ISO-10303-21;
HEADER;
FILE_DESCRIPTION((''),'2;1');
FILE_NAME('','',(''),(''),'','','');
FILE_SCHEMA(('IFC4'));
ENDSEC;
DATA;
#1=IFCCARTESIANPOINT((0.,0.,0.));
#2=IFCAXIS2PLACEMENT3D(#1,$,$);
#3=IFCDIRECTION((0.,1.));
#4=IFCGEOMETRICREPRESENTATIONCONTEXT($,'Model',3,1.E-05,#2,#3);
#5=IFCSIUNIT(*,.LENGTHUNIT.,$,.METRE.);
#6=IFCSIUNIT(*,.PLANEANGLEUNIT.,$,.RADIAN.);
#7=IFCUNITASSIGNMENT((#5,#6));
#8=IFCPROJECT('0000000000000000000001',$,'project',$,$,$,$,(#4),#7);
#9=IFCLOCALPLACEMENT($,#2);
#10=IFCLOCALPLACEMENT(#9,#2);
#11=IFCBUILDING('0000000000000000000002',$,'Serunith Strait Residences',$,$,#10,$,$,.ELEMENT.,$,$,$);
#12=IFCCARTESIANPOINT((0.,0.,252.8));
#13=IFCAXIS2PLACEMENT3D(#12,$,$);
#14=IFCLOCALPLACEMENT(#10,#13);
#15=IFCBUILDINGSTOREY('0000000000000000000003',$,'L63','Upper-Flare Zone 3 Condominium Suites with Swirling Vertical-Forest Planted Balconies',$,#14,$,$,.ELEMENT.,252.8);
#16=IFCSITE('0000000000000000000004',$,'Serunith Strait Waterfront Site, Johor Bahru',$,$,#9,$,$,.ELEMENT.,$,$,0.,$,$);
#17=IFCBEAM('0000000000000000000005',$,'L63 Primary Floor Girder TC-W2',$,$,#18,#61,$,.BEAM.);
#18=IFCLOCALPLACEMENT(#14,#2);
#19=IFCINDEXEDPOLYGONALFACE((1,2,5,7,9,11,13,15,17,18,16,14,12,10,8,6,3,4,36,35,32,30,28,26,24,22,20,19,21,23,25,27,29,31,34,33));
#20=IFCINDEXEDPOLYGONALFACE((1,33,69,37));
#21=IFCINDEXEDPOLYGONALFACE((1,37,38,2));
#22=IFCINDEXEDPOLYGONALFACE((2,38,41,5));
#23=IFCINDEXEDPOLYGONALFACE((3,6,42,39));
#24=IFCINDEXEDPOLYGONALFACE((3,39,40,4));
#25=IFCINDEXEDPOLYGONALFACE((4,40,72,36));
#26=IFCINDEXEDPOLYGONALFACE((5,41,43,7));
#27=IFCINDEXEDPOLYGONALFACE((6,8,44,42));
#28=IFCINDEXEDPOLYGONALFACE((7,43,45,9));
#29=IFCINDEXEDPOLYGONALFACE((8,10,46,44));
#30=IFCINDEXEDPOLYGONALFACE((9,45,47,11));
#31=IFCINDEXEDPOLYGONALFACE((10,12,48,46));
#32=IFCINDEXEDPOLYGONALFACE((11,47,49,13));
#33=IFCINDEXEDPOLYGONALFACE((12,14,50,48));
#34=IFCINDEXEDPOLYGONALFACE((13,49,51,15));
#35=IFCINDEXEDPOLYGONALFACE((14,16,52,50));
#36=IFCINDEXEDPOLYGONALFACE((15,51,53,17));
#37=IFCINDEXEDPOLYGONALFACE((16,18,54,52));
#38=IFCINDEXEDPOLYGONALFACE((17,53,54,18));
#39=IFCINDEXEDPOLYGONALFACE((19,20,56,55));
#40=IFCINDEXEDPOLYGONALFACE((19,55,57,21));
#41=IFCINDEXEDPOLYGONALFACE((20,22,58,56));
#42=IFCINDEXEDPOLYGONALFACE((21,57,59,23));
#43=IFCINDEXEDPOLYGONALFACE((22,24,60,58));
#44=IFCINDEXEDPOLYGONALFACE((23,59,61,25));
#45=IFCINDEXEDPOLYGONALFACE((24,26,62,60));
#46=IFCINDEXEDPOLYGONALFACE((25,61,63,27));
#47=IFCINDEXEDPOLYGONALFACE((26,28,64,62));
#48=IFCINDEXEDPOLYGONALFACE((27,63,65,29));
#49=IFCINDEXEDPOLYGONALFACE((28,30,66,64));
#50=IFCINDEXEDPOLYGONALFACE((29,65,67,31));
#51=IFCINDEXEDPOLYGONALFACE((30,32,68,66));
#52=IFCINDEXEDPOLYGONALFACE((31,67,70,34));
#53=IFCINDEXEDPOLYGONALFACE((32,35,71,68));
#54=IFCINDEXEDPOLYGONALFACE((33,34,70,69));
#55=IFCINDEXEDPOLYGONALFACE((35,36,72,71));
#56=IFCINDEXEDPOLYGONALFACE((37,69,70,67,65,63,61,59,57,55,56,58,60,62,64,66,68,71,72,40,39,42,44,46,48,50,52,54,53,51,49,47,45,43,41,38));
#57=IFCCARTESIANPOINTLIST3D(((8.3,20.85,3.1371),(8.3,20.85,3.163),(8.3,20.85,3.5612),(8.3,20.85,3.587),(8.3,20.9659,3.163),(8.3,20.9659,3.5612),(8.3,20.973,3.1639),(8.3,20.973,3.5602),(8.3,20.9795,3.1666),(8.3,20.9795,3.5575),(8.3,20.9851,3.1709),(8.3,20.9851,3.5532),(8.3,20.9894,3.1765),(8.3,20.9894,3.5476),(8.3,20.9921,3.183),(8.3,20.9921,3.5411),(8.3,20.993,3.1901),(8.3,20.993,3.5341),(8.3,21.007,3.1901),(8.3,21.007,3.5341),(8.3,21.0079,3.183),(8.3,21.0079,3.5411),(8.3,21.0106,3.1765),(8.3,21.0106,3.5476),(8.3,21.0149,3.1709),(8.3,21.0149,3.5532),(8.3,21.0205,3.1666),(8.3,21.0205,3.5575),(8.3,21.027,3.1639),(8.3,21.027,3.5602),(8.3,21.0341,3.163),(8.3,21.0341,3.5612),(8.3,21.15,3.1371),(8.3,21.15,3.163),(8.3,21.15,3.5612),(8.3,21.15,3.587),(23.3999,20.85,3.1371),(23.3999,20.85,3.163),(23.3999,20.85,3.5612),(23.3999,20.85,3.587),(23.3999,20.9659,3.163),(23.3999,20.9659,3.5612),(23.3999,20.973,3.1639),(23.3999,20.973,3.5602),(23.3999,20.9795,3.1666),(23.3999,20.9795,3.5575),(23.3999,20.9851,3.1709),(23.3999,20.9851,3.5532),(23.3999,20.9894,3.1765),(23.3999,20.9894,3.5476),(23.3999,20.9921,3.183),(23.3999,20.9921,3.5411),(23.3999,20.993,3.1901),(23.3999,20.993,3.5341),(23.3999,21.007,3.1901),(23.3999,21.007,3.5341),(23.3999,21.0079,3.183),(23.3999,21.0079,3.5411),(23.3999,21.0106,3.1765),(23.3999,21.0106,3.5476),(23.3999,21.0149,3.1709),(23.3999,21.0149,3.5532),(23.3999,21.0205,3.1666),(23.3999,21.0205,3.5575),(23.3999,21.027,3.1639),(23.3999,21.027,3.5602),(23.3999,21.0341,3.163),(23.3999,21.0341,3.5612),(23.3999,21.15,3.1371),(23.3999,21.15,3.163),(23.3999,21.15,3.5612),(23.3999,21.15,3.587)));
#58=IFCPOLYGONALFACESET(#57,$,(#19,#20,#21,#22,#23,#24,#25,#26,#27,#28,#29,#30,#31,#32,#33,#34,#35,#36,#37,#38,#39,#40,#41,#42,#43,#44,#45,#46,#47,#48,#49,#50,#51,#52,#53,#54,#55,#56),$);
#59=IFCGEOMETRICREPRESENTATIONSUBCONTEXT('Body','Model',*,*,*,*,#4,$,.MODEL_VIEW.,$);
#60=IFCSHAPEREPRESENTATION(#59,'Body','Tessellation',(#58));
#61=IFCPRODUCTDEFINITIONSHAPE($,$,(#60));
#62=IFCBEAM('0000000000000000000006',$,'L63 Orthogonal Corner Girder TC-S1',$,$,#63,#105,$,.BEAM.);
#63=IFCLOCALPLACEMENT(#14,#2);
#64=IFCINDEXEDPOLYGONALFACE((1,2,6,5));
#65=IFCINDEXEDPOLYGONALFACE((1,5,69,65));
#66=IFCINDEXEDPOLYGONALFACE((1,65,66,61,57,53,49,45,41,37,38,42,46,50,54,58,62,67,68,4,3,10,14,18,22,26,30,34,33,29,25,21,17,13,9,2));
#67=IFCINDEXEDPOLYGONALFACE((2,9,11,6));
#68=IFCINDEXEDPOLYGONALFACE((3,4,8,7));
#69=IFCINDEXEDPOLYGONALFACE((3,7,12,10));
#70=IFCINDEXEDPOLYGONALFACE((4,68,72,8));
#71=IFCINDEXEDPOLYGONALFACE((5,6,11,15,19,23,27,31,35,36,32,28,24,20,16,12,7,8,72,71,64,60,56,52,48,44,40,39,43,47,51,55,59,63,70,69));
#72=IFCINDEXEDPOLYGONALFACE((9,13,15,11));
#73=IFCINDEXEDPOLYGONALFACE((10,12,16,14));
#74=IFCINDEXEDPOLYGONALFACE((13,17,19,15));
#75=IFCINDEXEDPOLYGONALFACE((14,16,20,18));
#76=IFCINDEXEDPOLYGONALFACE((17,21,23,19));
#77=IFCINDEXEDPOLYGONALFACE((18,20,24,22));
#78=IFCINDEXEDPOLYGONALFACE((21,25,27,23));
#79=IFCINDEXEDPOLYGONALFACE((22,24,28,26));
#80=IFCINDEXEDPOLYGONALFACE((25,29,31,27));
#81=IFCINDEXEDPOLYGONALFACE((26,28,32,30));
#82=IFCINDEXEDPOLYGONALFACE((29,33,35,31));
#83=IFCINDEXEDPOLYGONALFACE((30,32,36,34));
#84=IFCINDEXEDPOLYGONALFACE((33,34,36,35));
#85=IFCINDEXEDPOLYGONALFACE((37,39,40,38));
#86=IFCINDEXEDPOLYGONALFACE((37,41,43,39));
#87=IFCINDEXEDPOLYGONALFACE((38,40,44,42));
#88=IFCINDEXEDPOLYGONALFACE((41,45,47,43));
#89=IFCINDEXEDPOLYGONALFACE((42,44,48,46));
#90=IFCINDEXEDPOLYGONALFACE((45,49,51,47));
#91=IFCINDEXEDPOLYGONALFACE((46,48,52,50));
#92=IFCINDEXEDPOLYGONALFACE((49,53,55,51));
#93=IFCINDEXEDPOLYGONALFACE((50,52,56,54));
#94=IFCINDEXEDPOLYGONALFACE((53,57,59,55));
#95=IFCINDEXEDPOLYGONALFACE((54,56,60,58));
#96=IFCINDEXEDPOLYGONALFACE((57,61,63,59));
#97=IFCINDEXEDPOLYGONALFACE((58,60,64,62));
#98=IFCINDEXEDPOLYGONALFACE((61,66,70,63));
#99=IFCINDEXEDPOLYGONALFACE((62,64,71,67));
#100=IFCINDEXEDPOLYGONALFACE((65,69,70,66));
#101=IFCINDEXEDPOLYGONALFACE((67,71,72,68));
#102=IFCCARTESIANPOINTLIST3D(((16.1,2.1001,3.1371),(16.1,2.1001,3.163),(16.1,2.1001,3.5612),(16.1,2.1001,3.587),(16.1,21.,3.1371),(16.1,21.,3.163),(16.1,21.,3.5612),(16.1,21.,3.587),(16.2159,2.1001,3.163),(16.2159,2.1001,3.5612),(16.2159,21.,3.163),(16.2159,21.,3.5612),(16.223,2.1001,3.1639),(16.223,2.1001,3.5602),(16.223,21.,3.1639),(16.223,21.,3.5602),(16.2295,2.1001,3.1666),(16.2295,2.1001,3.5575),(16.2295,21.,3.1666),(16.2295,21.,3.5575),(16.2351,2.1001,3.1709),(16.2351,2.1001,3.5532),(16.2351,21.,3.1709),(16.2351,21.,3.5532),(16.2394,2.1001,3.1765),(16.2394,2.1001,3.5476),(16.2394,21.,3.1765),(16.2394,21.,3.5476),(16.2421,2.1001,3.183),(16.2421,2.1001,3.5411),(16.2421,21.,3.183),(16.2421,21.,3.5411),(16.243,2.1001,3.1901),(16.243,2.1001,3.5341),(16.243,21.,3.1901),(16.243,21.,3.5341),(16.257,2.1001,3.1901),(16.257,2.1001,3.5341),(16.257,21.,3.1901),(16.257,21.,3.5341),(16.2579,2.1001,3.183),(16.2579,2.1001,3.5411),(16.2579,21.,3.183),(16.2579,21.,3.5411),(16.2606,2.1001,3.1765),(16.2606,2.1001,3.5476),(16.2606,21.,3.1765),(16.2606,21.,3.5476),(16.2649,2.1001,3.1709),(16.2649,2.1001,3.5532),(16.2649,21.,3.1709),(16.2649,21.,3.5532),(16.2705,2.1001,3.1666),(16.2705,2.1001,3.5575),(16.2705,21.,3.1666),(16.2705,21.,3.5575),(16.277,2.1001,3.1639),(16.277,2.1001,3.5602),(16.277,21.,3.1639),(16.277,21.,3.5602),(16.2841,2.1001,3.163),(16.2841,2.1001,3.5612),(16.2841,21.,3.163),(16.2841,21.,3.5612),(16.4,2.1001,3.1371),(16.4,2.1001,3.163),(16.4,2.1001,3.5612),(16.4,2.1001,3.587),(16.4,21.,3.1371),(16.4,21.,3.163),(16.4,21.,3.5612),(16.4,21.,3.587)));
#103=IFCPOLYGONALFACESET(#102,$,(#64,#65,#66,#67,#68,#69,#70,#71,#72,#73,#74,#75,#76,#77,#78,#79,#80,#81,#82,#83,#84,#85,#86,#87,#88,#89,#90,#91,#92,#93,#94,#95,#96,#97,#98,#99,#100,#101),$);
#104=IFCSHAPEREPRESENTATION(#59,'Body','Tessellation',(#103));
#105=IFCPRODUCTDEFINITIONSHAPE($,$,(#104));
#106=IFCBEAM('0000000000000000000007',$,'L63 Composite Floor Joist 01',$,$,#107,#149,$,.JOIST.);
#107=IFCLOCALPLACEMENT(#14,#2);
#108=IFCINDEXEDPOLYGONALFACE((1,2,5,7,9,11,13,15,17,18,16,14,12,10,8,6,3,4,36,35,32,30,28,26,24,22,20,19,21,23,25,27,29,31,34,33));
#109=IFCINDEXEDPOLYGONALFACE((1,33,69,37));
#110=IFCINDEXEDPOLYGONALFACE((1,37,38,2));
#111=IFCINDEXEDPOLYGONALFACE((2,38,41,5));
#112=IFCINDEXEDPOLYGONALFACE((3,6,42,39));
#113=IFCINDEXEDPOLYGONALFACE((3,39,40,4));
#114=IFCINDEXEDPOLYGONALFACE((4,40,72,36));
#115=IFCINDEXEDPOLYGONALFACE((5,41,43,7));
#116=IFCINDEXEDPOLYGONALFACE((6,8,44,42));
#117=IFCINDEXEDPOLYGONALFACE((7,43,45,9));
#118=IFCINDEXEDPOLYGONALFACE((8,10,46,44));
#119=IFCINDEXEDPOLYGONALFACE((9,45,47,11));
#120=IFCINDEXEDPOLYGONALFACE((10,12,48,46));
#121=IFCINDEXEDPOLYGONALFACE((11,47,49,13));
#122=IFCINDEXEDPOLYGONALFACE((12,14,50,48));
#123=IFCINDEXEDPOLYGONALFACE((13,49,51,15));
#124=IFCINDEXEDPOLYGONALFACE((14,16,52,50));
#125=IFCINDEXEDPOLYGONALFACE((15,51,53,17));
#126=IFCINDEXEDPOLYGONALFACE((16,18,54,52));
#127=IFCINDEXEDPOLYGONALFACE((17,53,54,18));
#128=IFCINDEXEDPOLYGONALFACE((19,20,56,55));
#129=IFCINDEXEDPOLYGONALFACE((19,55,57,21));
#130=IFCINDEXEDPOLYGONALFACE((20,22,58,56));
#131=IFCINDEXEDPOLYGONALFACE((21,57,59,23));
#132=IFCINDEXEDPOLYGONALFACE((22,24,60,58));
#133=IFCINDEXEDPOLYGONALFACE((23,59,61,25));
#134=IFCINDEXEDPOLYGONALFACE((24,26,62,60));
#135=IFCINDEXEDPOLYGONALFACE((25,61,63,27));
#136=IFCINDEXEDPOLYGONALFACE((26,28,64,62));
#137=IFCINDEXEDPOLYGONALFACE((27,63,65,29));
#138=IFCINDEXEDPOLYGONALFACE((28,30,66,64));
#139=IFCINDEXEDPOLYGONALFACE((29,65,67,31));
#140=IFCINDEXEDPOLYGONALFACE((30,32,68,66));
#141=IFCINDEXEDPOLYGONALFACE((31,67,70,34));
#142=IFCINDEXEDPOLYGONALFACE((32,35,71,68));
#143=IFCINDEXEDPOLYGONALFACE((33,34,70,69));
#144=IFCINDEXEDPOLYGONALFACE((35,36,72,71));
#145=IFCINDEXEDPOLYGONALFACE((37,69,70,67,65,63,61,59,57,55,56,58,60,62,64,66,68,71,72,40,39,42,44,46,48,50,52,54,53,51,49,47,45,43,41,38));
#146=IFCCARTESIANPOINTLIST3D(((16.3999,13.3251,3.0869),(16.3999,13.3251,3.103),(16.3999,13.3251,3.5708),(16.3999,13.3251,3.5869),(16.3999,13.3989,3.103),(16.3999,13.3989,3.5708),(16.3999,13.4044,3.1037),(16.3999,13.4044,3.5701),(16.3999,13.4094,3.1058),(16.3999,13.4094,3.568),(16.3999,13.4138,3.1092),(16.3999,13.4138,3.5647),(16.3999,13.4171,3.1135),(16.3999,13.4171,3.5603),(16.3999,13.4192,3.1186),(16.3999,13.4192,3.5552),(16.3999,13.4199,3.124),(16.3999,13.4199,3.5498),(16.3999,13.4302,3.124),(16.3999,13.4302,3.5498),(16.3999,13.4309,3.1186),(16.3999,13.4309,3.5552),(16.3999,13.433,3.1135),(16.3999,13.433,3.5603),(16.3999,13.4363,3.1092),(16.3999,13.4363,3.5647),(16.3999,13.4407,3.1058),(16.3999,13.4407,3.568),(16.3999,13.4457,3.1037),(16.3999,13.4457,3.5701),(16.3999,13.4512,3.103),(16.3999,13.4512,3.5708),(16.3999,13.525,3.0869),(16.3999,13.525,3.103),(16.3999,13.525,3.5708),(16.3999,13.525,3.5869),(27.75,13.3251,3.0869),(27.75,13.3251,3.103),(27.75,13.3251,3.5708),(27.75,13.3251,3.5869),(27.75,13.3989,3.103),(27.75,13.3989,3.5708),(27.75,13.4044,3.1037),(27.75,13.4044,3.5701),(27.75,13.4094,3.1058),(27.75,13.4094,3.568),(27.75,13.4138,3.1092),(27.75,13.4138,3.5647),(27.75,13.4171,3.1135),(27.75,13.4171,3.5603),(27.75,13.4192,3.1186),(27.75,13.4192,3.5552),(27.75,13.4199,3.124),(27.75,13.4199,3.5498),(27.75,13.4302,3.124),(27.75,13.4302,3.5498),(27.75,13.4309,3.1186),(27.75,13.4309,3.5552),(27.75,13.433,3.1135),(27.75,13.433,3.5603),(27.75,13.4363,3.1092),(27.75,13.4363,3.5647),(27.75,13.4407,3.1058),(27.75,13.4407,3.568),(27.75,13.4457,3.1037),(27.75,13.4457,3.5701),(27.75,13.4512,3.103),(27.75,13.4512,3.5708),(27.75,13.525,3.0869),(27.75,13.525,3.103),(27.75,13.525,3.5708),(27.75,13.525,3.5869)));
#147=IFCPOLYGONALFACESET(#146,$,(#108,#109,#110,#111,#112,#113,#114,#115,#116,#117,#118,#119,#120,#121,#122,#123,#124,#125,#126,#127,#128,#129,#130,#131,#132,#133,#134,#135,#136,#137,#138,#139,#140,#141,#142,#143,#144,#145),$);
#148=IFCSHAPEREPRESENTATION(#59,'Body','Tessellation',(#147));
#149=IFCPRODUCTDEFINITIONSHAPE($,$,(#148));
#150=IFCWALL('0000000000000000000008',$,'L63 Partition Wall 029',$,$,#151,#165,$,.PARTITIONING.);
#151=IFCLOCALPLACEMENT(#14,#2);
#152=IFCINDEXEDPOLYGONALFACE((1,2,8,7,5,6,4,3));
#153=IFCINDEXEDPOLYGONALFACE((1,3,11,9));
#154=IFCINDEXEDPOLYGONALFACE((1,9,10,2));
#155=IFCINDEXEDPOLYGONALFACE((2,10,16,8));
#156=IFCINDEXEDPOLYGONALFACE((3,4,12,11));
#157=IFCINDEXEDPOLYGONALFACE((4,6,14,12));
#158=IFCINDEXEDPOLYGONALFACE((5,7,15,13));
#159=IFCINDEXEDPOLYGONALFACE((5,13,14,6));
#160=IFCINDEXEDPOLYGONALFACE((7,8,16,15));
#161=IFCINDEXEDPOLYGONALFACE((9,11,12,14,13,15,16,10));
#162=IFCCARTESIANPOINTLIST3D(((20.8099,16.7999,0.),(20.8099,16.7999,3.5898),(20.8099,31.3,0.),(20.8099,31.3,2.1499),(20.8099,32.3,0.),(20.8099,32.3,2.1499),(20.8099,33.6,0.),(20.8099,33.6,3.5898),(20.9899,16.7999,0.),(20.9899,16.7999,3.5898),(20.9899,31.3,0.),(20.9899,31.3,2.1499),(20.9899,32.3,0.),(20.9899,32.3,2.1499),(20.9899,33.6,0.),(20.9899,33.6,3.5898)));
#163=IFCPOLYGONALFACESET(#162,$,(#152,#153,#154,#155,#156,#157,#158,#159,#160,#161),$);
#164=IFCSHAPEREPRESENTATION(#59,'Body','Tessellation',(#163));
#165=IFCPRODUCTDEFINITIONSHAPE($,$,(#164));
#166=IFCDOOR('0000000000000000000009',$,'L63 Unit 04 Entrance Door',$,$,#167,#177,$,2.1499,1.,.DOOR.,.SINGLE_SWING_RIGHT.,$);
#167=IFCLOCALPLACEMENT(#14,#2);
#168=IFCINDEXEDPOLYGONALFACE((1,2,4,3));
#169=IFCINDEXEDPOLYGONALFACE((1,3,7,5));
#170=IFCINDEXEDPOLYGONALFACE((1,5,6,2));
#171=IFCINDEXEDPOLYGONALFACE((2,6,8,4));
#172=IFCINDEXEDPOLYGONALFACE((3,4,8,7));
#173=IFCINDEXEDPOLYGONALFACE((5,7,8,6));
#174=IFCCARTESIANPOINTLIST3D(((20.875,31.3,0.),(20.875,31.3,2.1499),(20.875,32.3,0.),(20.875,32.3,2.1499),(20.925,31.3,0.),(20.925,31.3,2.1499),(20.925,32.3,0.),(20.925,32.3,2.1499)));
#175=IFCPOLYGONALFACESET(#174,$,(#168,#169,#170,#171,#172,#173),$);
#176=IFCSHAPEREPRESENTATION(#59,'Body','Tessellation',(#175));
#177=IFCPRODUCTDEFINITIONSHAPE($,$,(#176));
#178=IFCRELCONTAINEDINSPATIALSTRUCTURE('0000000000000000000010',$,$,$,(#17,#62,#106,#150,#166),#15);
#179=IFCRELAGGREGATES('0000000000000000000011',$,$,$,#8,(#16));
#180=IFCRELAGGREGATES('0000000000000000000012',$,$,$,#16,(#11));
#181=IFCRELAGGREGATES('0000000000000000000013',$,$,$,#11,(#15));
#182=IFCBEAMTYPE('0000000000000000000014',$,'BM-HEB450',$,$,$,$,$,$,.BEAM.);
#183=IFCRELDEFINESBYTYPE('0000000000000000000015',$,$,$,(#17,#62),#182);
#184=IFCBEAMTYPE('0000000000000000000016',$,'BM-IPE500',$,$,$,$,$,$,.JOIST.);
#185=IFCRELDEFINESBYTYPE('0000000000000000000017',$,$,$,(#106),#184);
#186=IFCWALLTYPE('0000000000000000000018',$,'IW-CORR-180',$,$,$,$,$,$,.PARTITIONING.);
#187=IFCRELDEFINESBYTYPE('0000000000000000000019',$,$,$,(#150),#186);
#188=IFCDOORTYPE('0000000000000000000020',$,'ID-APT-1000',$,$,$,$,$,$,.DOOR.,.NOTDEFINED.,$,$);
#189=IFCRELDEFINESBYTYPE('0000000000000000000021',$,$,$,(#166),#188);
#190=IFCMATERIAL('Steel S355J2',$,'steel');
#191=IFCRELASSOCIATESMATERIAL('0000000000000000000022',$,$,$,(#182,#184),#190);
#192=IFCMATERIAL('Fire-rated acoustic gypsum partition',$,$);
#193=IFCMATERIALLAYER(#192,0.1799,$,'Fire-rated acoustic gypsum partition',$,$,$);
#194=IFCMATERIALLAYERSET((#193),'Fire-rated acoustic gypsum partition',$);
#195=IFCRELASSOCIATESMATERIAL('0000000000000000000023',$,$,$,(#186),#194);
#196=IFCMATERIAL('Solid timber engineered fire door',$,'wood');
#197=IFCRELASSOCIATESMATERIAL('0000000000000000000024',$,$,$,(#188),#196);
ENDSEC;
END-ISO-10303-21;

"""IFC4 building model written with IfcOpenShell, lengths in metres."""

from ifc_helpers import new_model, si_unit, direction, frame, frame_2d, origin, origin_2d, place, context, subcontext, project, spatial, rectangle, i_section, extrude, source, transform, mapped, material, layer, layer_set, material_profile, profile_set, type_object, element, fill, save


model = new_model("IFC4")

# Units and contexts
model_context = context("Model", 3, precision=1e-05, world=origin(), true_north=direction((0.0, 1.0)))
body_context = subcontext(model_context, "Body", "Model", "MODEL_VIEW")
ifc_project = project(units=[si_unit("LENGTHUNIT", "METRE"), si_unit("PLANEANGLEUNIT", "RADIAN")], contexts=[model_context])

# Site, building, storey
site_placement = place(None, origin())
site = spatial("IfcSite", under=ifc_project, at=site_placement, Name="Serunith Strait Waterfront Site, Johor Bahru", CompositionType="ELEMENT", RefElevation=0.0)
building_placement = place(site_placement, origin())
building = spatial("IfcBuilding", under=site, at=building_placement, Name="Serunith Strait Residences", CompositionType="ELEMENT")
storey_placement = place(building_placement, frame((0.0, 0.0, 252.8)))
storey = spatial("IfcBuildingStorey", under=building, at=storey_placement, Name="L63", Description="Upper-Flare Zone 3 Condominium Suites with Swirling Vertical-Forest Planted Balconies", CompositionType="ELEMENT", Elevation=252.8)

# Beams
ifc_material_1 = material(Name="Steel S355J2", Category="steel")
ifc_material_profile_1 = material_profile(ifc_material_1, i_section(OverallWidth=0.3, OverallDepth=0.45, WebThickness=0.0139, FlangeThickness=0.0259, FilletRadius=0.0271, at=origin_2d()), Name="HEB 450")
ifc_profile_set_1 = profile_set([ifc_material_profile_1], Name="Steel S355J2")
beam_type_1 = type_object("IfcBeamType", Name="BM-HEB450", PredefinedType="BEAM", material=ifc_profile_set_1)
shared_shape_1 = source(origin(), body_context, "Body", "SweptSolid", [
    extrude(i_section(OverallWidth=0.3, OverallDepth=0.45, WebThickness=0.0139, FlangeThickness=0.0259, FilletRadius=0.0271, at=origin_2d()), origin(), (0.0, 0.0, 1.0), 15.0999),
])
beam_1_placement = place(storey_placement, frame((23.3999, 21.0, 3.3621), z_axis=(-1.0, 0.0, 0.0), x_axis=(0.0, -1.0, 0.0)))
element("IfcBeam", 1, at=beam_1_placement, inside=storey, type_object=beam_type_1, Name="L63 Primary Floor Girder TC-W2", PredefinedType="BEAM", context=body_context, shape_type="MappedRepresentation", body=[
    mapped(shared_shape_1, transform((0.0, 0.0, 0.0), scale=1.0)),
])
shared_shape_2 = source(origin(), body_context, "Body", "SweptSolid", [
    extrude(i_section(OverallWidth=0.3, OverallDepth=0.45, WebThickness=0.0139, FlangeThickness=0.0259, FilletRadius=0.0271, at=origin_2d()), origin(), (0.0, 0.0, 1.0), 18.8999),
])
beam_2_placement = place(storey_placement, frame((16.25, 21.0, 3.3621), z_axis=(0.0, -1.0, 0.0), x_axis=(1.0, 0.0, 0.0)))
element("IfcBeam", 2, at=beam_2_placement, inside=storey, type_object=beam_type_1, Name="L63 Orthogonal Corner Girder TC-S1", PredefinedType="BEAM", context=body_context, shape_type="MappedRepresentation", body=[
    mapped(shared_shape_2, transform((0.0, 0.0, 0.0), scale=1.0)),
])
ifc_material_profile_2 = material_profile(ifc_material_1, i_section(OverallWidth=0.2, OverallDepth=0.5, WebThickness=0.0103, FlangeThickness=0.0161, FilletRadius=0.021, at=origin_2d()), Name="IPE 500")
ifc_profile_set_2 = profile_set([ifc_material_profile_2], Name="Steel S355J2")
beam_type_2 = type_object("IfcBeamType", Name="BM-IPE500", PredefinedType="JOIST", material=ifc_profile_set_2)
shared_shape_3 = source(origin(), body_context, "Body", "SweptSolid", [
    extrude(i_section(OverallWidth=0.2, OverallDepth=0.5, WebThickness=0.0103, FlangeThickness=0.0161, FilletRadius=0.021, at=origin_2d()), origin(), (0.0, 0.0, 1.0), 11.3501),
])
beam_3_placement = place(storey_placement, frame((16.3999, 13.425, 3.3369), z_axis=(1.0, 0.0, 0.0), x_axis=(0.0, 1.0, 0.0)))
element("IfcBeam", 3, at=beam_3_placement, inside=storey, type_object=beam_type_2, Name="L63 Composite Floor Joist 01", PredefinedType="JOIST", context=body_context, shape_type="MappedRepresentation", body=[
    mapped(shared_shape_3, transform((0.0, 0.0, 0.0), scale=1.0)),
])

# Wall, opening, door
ifc_material_2 = material(Name="Fire-rated acoustic gypsum partition")
ifc_layer_1 = layer(ifc_material_2, 0.1799, Name="Fire-rated acoustic gypsum partition")
ifc_layer_set_1 = layer_set([ifc_layer_1], Name="Fire-rated acoustic gypsum partition")
wall_type_1 = type_object("IfcWallType", Name="IW-CORR-180", PredefinedType="PARTITIONING", material=ifc_layer_set_1)
ifc_material_3 = material(Name="Solid timber engineered fire door", Category="wood")
door_type_1 = type_object("IfcDoorType", Name="ID-APT-1000", OperationType="NOTDEFINED", PredefinedType="DOOR", material=ifc_material_3)
shared_shape_4 = source(origin(), body_context, "Body", "SweptSolid", [
    extrude(rectangle(XDim=1.0, YDim=2.1499, at=frame_2d((0.5, 1.075))), frame((0.0, 0.0249, 0.0), z_axis=(0.0, -1.0, 0.0), x_axis=(1.0, 0.0, 0.0)), (0.0, 0.0, 1.0), 0.05),
])
wall_1_placement = place(storey_placement, frame((20.8999, 16.8, 0.0), z_axis=(0.0, 0.0, 1.0), x_axis=(0.0, 1.0, 0.0)))
wall_1 = element("IfcWall", 4, at=wall_1_placement, inside=storey, type_object=wall_type_1, Name="L63 Partition Wall 029", PredefinedType="PARTITIONING", context=body_context, shape_type="SweptSolid", body=[
    extrude(rectangle(XDim=16.8, YDim=0.1799, at=frame_2d((8.3999, 0.0))), origin(), (0.0, 0.0, 1.0), 3.5898),
])
opening_1_placement = place(wall_1_placement, frame((14.5, 0.0, 0.0)))
opening_1 = element("IfcOpeningElement", 5, at=opening_1_placement, cuts=wall_1, PredefinedType="OPENING", context=body_context, shape_type="SweptSolid", body=[
    extrude(rectangle(XDim=1.0, YDim=2.1499, at=frame_2d((0.5, 1.075))), frame((0.0, 0.1001, 0.0), z_axis=(0.0, -1.0, 0.0), x_axis=(1.0, 0.0, 0.0)), (0.0, 0.0, 1.0), 0.2),
])
door_1_placement = place(opening_1_placement, origin())
door_1 = element("IfcDoor", 6, at=door_1_placement, inside=storey, type_object=door_type_1, Name="L63 Unit 04 Entrance Door", OperationType="SINGLE_SWING_RIGHT", OverallHeight=2.1499, OverallWidth=1.0, PredefinedType="DOOR", context=body_context, shape_type="MappedRepresentation", body=[
    mapped(shared_shape_4, transform((0.0, 0.0, 0.0), scale=1.0)),
])
fill(opening_1, door_1)

save(model, "model.ifc")
